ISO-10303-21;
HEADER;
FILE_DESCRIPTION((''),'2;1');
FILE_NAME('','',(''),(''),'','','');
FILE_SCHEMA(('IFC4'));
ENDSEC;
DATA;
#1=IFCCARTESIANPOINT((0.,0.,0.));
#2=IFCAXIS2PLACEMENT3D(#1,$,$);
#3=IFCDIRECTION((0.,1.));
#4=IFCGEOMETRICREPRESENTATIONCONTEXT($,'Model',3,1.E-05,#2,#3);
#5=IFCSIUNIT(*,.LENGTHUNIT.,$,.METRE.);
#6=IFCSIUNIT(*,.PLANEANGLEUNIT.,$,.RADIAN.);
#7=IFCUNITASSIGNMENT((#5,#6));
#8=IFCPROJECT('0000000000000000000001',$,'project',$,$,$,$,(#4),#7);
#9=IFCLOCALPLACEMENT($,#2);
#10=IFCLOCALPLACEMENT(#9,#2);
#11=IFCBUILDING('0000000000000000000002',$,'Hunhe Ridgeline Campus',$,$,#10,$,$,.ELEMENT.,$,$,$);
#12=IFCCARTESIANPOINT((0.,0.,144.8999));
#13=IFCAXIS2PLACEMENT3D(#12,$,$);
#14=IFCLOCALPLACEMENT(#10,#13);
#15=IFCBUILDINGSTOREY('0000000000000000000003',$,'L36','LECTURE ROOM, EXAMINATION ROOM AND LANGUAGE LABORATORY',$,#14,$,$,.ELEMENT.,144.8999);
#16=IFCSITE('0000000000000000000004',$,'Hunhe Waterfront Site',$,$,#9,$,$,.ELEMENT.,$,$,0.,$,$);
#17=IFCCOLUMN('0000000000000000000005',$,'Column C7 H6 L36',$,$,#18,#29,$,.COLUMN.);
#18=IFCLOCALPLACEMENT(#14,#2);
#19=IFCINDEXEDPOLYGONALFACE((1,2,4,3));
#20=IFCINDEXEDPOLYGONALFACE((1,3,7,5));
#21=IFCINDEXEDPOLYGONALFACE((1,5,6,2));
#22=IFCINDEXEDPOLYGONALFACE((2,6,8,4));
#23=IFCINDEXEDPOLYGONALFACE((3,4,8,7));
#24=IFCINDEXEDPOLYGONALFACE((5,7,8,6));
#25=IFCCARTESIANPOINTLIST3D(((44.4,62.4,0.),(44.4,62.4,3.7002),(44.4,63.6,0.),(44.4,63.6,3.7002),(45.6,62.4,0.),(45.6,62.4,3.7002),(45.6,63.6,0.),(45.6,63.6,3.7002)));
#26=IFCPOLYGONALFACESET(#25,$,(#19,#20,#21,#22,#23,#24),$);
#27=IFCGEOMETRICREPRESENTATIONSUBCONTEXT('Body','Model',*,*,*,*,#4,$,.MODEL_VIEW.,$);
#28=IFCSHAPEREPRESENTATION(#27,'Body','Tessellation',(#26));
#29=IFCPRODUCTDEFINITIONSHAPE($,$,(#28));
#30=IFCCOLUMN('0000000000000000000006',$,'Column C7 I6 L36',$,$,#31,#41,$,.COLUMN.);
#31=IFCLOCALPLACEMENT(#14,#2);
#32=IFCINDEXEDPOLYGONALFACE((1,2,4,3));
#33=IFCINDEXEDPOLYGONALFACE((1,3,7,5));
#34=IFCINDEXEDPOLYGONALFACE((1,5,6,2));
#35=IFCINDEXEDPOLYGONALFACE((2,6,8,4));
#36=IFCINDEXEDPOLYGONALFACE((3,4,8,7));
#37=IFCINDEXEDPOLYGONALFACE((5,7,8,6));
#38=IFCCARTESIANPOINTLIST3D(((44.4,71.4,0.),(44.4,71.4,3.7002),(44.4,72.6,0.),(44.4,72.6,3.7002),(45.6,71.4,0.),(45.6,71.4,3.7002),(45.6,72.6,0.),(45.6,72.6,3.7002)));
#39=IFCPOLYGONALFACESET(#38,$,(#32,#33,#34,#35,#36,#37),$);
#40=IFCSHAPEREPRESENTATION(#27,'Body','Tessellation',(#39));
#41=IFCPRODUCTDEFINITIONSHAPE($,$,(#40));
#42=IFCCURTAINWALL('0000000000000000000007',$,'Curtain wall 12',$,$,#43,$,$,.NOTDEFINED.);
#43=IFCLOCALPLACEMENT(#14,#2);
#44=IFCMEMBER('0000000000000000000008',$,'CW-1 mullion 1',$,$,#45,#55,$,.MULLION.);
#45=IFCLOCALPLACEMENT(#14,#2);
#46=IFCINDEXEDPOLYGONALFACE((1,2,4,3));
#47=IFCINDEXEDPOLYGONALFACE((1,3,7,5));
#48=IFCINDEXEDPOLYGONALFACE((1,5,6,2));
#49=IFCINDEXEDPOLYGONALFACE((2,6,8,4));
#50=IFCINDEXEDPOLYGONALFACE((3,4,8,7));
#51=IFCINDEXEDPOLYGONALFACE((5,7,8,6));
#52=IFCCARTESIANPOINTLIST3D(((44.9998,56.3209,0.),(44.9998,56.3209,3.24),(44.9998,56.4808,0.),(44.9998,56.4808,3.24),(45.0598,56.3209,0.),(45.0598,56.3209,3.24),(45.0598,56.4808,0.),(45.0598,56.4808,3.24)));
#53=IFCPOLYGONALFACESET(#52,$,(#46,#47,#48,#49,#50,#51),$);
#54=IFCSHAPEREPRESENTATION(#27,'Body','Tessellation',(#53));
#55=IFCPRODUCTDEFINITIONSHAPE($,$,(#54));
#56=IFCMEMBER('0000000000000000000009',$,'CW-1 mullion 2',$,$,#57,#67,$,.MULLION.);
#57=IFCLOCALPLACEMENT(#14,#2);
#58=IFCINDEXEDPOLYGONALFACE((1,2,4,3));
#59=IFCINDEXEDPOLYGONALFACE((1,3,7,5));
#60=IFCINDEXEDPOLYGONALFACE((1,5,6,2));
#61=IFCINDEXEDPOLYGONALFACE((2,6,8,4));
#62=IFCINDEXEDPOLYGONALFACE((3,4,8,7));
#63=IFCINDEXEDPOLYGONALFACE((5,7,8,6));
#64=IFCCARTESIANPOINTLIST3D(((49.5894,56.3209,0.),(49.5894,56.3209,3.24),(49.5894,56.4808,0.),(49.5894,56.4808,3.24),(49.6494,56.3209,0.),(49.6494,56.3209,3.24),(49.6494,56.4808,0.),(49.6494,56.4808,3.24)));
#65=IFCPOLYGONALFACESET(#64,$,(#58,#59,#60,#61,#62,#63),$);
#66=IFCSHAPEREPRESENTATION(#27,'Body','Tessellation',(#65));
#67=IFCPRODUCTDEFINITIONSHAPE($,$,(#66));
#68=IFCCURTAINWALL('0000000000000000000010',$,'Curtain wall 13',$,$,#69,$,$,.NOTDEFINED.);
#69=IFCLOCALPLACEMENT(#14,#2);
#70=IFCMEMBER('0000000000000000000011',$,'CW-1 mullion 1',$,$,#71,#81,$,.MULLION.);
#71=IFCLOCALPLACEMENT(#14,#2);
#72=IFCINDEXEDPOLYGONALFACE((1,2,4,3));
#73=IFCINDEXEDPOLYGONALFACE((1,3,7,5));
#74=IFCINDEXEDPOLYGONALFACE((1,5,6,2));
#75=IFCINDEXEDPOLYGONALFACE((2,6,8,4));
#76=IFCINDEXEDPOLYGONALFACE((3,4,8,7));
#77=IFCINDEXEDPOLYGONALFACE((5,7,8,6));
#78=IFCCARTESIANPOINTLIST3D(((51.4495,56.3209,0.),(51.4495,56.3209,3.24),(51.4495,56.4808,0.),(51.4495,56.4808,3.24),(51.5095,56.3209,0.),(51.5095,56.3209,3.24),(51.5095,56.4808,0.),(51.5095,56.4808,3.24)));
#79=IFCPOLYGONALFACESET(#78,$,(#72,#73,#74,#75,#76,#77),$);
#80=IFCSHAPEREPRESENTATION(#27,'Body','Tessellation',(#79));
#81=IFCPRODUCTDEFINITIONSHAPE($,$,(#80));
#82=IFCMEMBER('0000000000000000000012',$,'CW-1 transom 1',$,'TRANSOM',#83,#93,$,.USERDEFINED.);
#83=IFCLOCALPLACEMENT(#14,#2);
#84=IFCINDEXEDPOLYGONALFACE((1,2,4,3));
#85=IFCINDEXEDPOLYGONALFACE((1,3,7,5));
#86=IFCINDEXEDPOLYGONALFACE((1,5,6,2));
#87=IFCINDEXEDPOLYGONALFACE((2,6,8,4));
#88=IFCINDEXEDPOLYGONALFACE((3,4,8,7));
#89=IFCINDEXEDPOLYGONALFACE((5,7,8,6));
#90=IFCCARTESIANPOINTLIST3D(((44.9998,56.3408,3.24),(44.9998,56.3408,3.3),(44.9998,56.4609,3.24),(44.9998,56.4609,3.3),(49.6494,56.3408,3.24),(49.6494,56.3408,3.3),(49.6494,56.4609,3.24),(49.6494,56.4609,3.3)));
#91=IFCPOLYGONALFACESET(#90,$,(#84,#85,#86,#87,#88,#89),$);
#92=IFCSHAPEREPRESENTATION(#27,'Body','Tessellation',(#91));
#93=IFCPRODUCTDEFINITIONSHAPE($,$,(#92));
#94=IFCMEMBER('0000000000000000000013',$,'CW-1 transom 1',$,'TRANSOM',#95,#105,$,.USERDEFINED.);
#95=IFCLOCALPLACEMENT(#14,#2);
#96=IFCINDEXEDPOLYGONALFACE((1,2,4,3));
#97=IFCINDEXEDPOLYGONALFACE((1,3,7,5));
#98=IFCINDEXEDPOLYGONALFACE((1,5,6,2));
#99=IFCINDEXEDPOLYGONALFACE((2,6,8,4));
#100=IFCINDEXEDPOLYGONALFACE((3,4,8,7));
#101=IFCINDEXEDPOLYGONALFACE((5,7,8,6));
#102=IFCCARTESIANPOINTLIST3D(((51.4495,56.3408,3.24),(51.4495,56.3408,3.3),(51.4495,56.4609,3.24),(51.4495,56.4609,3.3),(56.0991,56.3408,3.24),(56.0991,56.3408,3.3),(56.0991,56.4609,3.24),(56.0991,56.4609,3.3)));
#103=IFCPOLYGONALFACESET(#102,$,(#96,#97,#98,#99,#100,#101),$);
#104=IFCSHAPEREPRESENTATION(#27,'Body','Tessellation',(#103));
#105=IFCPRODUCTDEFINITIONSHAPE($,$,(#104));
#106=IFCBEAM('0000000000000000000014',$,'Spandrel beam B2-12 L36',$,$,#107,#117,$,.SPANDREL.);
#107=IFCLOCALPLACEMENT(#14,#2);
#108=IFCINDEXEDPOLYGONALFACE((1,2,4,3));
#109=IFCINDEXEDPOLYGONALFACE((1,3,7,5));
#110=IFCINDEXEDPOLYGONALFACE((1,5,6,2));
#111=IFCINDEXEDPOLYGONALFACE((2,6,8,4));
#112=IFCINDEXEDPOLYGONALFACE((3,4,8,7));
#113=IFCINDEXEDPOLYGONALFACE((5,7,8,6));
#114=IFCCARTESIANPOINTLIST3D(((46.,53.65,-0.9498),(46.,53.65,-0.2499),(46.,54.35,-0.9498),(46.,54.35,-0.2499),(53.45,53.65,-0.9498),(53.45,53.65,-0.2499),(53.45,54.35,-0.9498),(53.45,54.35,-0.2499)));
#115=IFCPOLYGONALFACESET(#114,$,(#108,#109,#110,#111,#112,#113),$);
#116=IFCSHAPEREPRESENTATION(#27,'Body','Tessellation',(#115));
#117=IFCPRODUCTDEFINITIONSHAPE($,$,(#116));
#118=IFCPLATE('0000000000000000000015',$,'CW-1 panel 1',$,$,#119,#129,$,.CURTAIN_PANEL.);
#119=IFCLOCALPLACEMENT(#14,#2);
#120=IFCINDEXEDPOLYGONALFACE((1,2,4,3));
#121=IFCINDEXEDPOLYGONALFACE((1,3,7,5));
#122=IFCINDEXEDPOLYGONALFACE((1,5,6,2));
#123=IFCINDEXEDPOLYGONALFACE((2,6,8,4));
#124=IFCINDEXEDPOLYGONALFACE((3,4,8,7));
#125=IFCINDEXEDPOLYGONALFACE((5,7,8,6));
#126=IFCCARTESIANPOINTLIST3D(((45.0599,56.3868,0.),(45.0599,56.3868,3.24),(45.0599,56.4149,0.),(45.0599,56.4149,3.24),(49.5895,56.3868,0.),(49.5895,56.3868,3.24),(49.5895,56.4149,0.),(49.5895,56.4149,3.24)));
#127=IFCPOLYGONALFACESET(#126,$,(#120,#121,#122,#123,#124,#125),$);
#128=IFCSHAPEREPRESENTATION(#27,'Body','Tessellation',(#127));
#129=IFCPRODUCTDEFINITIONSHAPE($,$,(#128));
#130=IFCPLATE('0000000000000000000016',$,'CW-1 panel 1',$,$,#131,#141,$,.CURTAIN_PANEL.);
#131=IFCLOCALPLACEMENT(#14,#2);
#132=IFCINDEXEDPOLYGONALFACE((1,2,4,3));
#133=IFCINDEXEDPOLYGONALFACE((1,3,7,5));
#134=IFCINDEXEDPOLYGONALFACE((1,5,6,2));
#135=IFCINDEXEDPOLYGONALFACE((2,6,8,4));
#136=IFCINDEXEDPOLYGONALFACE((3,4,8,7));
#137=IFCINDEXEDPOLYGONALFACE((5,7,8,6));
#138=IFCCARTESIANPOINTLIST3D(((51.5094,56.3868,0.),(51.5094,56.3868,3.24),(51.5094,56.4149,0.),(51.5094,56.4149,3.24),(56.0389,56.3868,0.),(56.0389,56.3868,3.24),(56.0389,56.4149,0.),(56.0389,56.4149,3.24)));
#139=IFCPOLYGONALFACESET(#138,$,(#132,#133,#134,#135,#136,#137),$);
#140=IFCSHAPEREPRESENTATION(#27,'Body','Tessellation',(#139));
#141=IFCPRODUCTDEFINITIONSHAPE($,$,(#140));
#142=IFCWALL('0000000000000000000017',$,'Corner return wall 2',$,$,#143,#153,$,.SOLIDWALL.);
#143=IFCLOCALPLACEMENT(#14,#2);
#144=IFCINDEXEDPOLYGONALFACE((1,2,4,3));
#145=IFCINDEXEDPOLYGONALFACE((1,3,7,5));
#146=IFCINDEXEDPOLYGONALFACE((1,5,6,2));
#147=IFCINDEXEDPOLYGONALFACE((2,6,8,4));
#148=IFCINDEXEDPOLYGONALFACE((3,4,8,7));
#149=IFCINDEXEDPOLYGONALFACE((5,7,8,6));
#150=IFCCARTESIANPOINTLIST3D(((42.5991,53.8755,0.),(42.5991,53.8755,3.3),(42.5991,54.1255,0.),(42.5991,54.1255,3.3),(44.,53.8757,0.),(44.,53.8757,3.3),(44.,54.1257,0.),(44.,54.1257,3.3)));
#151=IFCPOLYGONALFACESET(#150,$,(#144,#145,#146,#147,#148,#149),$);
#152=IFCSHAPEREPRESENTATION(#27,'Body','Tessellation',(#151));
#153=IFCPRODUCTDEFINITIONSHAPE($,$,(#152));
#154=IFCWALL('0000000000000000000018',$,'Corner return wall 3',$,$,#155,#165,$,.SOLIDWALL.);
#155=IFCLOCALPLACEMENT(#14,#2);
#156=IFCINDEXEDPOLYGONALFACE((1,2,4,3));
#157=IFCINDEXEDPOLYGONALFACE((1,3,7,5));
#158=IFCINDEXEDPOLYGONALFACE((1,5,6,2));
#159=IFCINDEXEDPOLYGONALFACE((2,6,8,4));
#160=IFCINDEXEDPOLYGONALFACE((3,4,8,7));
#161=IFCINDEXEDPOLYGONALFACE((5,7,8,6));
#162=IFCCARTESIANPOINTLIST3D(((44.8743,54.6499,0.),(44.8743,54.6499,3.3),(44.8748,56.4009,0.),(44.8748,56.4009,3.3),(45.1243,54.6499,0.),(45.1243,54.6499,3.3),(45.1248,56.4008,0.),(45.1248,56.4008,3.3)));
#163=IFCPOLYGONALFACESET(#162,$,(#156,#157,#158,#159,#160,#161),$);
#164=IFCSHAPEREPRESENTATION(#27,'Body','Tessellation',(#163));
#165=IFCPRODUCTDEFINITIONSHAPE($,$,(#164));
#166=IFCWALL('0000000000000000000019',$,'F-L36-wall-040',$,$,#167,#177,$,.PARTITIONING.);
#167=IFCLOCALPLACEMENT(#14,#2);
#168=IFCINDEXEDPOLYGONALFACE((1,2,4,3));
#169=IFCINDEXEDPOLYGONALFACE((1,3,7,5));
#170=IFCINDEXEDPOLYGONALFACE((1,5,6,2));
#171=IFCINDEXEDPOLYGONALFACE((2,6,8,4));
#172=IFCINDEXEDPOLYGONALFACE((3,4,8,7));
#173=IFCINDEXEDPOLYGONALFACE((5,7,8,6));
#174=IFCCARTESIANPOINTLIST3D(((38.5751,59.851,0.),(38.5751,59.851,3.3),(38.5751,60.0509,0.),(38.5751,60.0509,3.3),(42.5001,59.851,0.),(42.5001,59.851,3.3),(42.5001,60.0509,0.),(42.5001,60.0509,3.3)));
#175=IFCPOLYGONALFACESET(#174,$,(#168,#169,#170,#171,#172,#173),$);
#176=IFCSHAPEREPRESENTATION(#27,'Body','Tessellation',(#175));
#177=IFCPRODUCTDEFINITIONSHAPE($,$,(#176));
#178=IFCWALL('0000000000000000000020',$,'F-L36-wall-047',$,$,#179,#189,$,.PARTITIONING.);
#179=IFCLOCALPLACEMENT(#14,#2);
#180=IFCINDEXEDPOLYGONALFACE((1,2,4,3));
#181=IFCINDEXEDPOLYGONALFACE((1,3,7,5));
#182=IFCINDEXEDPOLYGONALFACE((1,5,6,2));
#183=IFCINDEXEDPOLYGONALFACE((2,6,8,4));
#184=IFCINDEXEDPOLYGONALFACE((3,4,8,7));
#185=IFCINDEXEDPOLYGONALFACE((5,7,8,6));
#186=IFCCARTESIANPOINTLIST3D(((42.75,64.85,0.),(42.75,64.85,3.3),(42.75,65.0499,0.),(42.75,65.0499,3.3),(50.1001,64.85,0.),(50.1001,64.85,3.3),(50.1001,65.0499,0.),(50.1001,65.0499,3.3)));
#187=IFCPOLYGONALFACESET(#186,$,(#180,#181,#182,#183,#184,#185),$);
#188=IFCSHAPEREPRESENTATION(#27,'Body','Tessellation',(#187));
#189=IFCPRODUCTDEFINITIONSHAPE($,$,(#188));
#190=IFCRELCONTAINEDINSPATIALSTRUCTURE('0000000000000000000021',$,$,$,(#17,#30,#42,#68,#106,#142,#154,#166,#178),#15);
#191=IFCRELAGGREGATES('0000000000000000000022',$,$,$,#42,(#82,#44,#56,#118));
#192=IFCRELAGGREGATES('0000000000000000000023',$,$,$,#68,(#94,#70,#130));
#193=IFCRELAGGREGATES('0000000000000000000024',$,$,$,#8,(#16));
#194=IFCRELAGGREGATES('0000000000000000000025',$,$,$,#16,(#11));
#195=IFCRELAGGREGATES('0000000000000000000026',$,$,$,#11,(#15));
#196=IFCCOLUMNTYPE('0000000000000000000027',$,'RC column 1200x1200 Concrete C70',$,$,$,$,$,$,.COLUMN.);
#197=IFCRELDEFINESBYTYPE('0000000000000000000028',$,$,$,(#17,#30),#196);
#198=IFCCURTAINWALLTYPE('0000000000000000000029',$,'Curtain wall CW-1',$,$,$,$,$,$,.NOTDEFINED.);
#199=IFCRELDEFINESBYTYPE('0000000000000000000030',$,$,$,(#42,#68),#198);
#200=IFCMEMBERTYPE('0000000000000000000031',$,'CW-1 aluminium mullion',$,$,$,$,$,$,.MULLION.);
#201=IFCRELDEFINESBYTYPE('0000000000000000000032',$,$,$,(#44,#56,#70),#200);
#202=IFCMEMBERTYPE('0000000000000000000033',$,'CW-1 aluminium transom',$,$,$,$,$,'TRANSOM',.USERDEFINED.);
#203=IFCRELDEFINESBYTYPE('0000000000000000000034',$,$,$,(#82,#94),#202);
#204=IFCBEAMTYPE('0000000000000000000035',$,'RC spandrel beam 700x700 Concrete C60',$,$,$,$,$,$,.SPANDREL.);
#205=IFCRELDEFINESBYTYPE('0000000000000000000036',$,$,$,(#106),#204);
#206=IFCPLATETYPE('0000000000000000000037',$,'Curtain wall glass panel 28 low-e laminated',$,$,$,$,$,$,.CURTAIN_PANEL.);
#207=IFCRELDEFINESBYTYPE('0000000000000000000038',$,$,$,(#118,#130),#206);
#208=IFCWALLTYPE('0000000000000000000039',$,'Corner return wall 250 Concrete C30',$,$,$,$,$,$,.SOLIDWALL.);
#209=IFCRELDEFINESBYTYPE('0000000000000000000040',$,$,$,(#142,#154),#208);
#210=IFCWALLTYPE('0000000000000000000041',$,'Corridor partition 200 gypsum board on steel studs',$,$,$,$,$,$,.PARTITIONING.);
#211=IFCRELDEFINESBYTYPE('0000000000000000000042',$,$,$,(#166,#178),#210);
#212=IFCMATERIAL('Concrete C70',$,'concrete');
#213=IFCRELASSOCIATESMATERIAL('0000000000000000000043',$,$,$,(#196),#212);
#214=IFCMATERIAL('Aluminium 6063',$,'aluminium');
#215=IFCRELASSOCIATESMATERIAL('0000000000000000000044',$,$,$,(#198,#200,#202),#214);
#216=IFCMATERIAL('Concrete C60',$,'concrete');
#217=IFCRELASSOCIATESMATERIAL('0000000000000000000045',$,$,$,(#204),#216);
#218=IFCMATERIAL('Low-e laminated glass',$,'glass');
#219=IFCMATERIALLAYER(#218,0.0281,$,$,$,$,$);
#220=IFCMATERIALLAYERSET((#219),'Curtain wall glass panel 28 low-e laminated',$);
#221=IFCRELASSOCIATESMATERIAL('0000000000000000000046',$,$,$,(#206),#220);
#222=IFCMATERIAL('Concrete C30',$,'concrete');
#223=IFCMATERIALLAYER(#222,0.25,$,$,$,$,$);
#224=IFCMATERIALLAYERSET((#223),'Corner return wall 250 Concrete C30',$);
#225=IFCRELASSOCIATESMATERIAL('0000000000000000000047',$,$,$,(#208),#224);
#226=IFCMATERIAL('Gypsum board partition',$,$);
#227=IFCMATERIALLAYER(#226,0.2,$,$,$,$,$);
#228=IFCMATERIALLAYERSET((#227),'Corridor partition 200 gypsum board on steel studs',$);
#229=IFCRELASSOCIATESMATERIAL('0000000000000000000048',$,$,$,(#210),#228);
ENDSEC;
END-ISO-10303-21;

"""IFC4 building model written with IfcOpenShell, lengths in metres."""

from ifc_helpers import new_model, si_unit, direction, frame, frame_2d, origin, origin_2d, place, context, subcontext, project, spatial, rectangle, extrude, material, layer, layer_set, material_profile, profile_set, type_object, element, aggregate, save


model = new_model("IFC4")

# Units and contexts
model_context = context("Model", 3, precision=1e-05, world=origin(), true_north=direction((0.0, 1.0)))
body_context = subcontext(model_context, "Body", "Model", "MODEL_VIEW")
ifc_project = project(units=[si_unit("LENGTHUNIT", "METRE"), si_unit("PLANEANGLEUNIT", "RADIAN")], contexts=[model_context])

# Site, building, storey
site_placement = place(None, origin())
site = spatial("IfcSite", under=ifc_project, at=site_placement, Name="Hunhe Waterfront Site", CompositionType="ELEMENT", RefElevation=0.0)
building_placement = place(site_placement, origin())
building = spatial("IfcBuilding", under=site, at=building_placement, Name="Hunhe Ridgeline Campus", CompositionType="ELEMENT")
storey_placement = place(building_placement, frame((0.0, 0.0, 144.8999)))
storey = spatial("IfcBuildingStorey", under=building, at=storey_placement, Name="L36", Description="LECTURE ROOM, EXAMINATION ROOM AND LANGUAGE LABORATORY", CompositionType="ELEMENT", Elevation=144.8999)

# Columns
ifc_material_1 = material(Name="Concrete C70", Category="concrete")
ifc_material_profile_1 = material_profile(ifc_material_1, rectangle(XDim=1.2, YDim=1.2, at=origin_2d()))
ifc_profile_set_1 = profile_set([ifc_material_profile_1], Name="Concrete C70")
column_type = type_object("IfcColumnType", Name="RC column 1200x1200 Concrete C70", PredefinedType="COLUMN", material=ifc_profile_set_1)
for number, where, z_axis, x_axis, name in (
    (1, (45.0, 63.0, 0.0), (0.0, 0.0, 1.0), (1.0, 0.0, 0.0), "Column C7 H6 L36"),
    (2, (45.0, 72.0, 0.0), (0.0, 0.0, 1.0), (1.0, 0.0, 0.0), "Column C7 I6 L36"),
):
    element("IfcColumn", number, at=place(storey_placement, frame(where, z_axis=z_axis, x_axis=x_axis)), inside=storey, type_object=column_type, Name=name, PredefinedType="COLUMN", context=body_context, shape_type="SweptSolid", body=[
        extrude(rectangle(XDim=1.2, YDim=1.2, at=origin_2d()), origin(), (0.0, 0.0, 1.0), 3.7002),
    ])

# Curtain wall, members
ifc_material_2 = material(Name="Aluminium 6063", Category="aluminium")
curtain_wall_type = type_object("IfcCurtainWallType", Name="Curtain wall CW-1", PredefinedType="NOTDEFINED", material=ifc_material_2)
curtain_wall_1_placement = place(storey_placement, origin())
curtain_wall_1 = element("IfcCurtainWall", 3, at=curtain_wall_1_placement, inside=storey, type_object=curtain_wall_type, Name="Curtain wall 12", PredefinedType="NOTDEFINED")
ifc_material_profile_2 = material_profile(ifc_material_2, rectangle(XDim=0.1599, YDim=0.0601, at=origin_2d()))
ifc_profile_set_2 = profile_set([ifc_material_profile_2], Name="Aluminium 6063")
member_type_1 = type_object("IfcMemberType", Name="CW-1 aluminium mullion", PredefinedType="MULLION", material=ifc_profile_set_2)
member_1_placement = place(storey_placement, frame((45.0298, 56.4009, 0.0), z_axis=(0.0, 0.0, 1.0), x_axis=(-0.000002, 1.0, 0.0)))
member_1 = element("IfcMember", 4, at=member_1_placement, type_object=member_type_1, Name="CW-1 mullion 1", PredefinedType="MULLION", context=body_context, shape_type="SweptSolid", body=[
    extrude(rectangle(XDim=0.1599, YDim=0.0601, at=origin_2d()), origin(), (0.0, 0.0, 1.0), 3.24),
])
member_2_placement = place(storey_placement, frame((49.6194, 56.4009, 0.0), z_axis=(0.0, 0.0, 1.0), x_axis=(-0.000002, 1.0, 0.0)))
member_2 = element("IfcMember", 5, at=member_2_placement, type_object=member_type_1, Name="CW-1 mullion 2", PredefinedType="MULLION", context=body_context, shape_type="SweptSolid", body=[
    extrude(rectangle(XDim=0.1599, YDim=0.0601, at=origin_2d()), origin(), (0.0, 0.0, 1.0), 3.24),
])

# Curtain wall, member
curtain_wall_2_placement = place(storey_placement, origin())
curtain_wall_2 = element("IfcCurtainWall", 6, at=curtain_wall_2_placement, inside=storey, type_object=curtain_wall_type, Name="Curtain wall 13", PredefinedType="NOTDEFINED")
member_3_placement = place(storey_placement, frame((51.4795, 56.4009, 0.0), z_axis=(0.0, 0.0, 1.0), x_axis=(-0.000002, 1.0, 0.0)))
member_3 = element("IfcMember", 7, at=member_3_placement, type_object=member_type_1, Name="CW-1 mullion 1", PredefinedType="MULLION", context=body_context, shape_type="SweptSolid", body=[
    extrude(rectangle(XDim=0.1599, YDim=0.0601, at=origin_2d()), origin(), (0.0, 0.0, 1.0), 3.24),
])

# Members
ifc_material_profile_3 = material_profile(ifc_material_2, rectangle(XDim=0.1201, YDim=0.0601, at=origin_2d()))
ifc_profile_set_3 = profile_set([ifc_material_profile_3], Name="Aluminium 6063")
member_type_2 = type_object("IfcMemberType", Name="CW-1 aluminium transom", ElementType="TRANSOM", PredefinedType="USERDEFINED", material=ifc_profile_set_3)
member_4_placement = place(storey_placement, frame((44.9998, 56.4009, 3.27), z_axis=(1.0, 0.0, 0.0), x_axis=(0.0, 1.0, 0.0)))
member_4 = element("IfcMember", 8, at=member_4_placement, type_object=member_type_2, Name="CW-1 transom 1", ObjectType="TRANSOM", PredefinedType="USERDEFINED", context=body_context, shape_type="SweptSolid", body=[
    extrude(rectangle(XDim=0.1201, YDim=0.0601, at=origin_2d()), origin(), (0.0, 0.0, 1.0), 4.6497),
])
member_5_placement = place(storey_placement, frame((51.4495, 56.4009, 3.27), z_axis=(1.0, 0.0, 0.0), x_axis=(0.0, 1.0, 0.0)))
member_5 = element("IfcMember", 9, at=member_5_placement, type_object=member_type_2, Name="CW-1 transom 1", ObjectType="TRANSOM", PredefinedType="USERDEFINED", context=body_context, shape_type="SweptSolid", body=[
    extrude(rectangle(XDim=0.1201, YDim=0.0601, at=origin_2d()), origin(), (0.0, 0.0, 1.0), 4.6497),
])

# Beam
ifc_material_3 = material(Name="Concrete C60", Category="concrete")
ifc_material_profile_4 = material_profile(ifc_material_3, rectangle(XDim=0.7, YDim=0.7, at=origin_2d()))
ifc_profile_set_4 = profile_set([ifc_material_profile_4], Name="Concrete C60")
beam_type = type_object("IfcBeamType", Name="RC spandrel beam 700x700 Concrete C60", PredefinedType="SPANDREL", material=ifc_profile_set_4)
beam_placement = place(storey_placement, frame((46.0, 54.0, -0.5999), z_axis=(1.0, 0.0, 0.0), x_axis=(0.0, 1.0, 0.0)))
element("IfcBeam", 10, at=beam_placement, inside=storey, type_object=beam_type, Name="Spandrel beam B2-12 L36", PredefinedType="SPANDREL", context=body_context, shape_type="SweptSolid", body=[
    extrude(rectangle(XDim=0.7, YDim=0.7, at=origin_2d()), origin(), (0.0, 0.0, 1.0), 7.45),
])

# Plates
ifc_material_4 = material(Name="Low-e laminated glass", Category="glass")
ifc_layer_1 = layer(ifc_material_4, 0.0281)
ifc_layer_set_1 = layer_set([ifc_layer_1], Name="Curtain wall glass panel 28 low-e laminated")
plate_type = type_object("IfcPlateType", Name="Curtain wall glass panel 28 low-e laminated", PredefinedType="CURTAIN_PANEL", material=ifc_layer_set_1)
plate_1_placement = place(storey_placement, frame((47.3247, 56.4009, 0.0), z_axis=(0.0, 0.0, 1.0), x_axis=(1.0, 0.000002, 0.0)))
plate_1 = element("IfcPlate", 11, at=plate_1_placement, type_object=plate_type, Name="CW-1 panel 1", PredefinedType="CURTAIN_PANEL", context=body_context, shape_type="SweptSolid", body=[
    extrude(rectangle(XDim=4.5295, YDim=0.0281, at=origin_2d()), origin(), (0.0, 0.0, 1.0), 3.24),
])
aggregate(curtain_wall_1, [member_4, member_1, member_2, plate_1])
plate_2_placement = place(storey_placement, frame((53.7742, 56.4009, 0.0), z_axis=(0.0, 0.0, 1.0), x_axis=(1.0, 0.000002, 0.0)))
plate_2 = element("IfcPlate", 12, at=plate_2_placement, type_object=plate_type, Name="CW-1 panel 1", PredefinedType="CURTAIN_PANEL", context=body_context, shape_type="SweptSolid", body=[
    extrude(rectangle(XDim=4.5295, YDim=0.0281, at=origin_2d()), origin(), (0.0, 0.0, 1.0), 3.24),
])
aggregate(curtain_wall_2, [member_5, member_3, plate_2])

# Walls
ifc_material_5 = material(Name="Concrete C30", Category="concrete")
ifc_layer_2 = layer(ifc_material_5, 0.25)
ifc_layer_set_2 = layer_set([ifc_layer_2], Name="Corner return wall 250 Concrete C30")
wall_type_1 = type_object("IfcWallType", Name="Corner return wall 250 Concrete C30", PredefinedType="SOLIDWALL", material=ifc_layer_set_2)
wall_1_placement = place(storey_placement, frame((42.5991, 54.0005, 0.0), z_axis=(0.0, 0.0, 1.0), x_axis=(1.0, 0.000174, 0.0)))
element("IfcWall", 13, at=wall_1_placement, inside=storey, type_object=wall_type_1, Name="Corner return wall 2", PredefinedType="SOLIDWALL", context=body_context, shape_type="SweptSolid", body=[
    extrude(rectangle(XDim=1.4009, YDim=0.25, at=frame_2d((0.7004, 0.0))), origin(), (0.0, 0.0, 1.0), 3.3),
])
wall_2_placement = place(storey_placement, frame((44.9993, 54.6499, 0.0), z_axis=(0.0, 0.0, 1.0), x_axis=(0.000279, 1.0, 0.0)))
element("IfcWall", 14, at=wall_2_placement, inside=storey, type_object=wall_type_1, Name="Corner return wall 3", PredefinedType="SOLIDWALL", context=body_context, shape_type="SweptSolid", body=[
    extrude(rectangle(XDim=1.751, YDim=0.25, at=frame_2d((0.8755, 0.0))), origin(), (0.0, 0.0, 1.0), 3.3),
])
ifc_material_6 = material(Name="Gypsum board partition")
ifc_layer_3 = layer(ifc_material_6, 0.2)
ifc_layer_set_3 = layer_set([ifc_layer_3], Name="Corridor partition 200 gypsum board on steel studs")
wall_type_2 = type_object("IfcWallType", Name="Corridor partition 200 gypsum board on steel studs", PredefinedType="PARTITIONING", material=ifc_layer_set_3)
wall_3_placement = place(storey_placement, frame((42.5, 59.9509, 0.0), z_axis=(0.0, 0.0, 1.0), x_axis=(-1.0, 0.0, 0.0)))
element("IfcWall", 15, at=wall_3_placement, inside=storey, type_object=wall_type_2, Name="F-L36-wall-040", PredefinedType="PARTITIONING", context=body_context, shape_type="SweptSolid", body=[
    extrude(rectangle(XDim=3.925, YDim=0.2, at=frame_2d((1.9624, 0.0))), origin(), (0.0, 0.0, 1.0), 3.3),
])

# Wall
wall_4_placement = place(storey_placement, frame((42.75, 64.95, 0.0), z_axis=(0.0, 0.0, 1.0), x_axis=(1.0, 0.0, 0.0)))
element("IfcWall", 16, at=wall_4_placement, inside=storey, type_object=wall_type_2, Name="F-L36-wall-047", PredefinedType="PARTITIONING", context=body_context, shape_type="SweptSolid", body=[
    extrude(rectangle(XDim=7.3501, YDim=0.2, at=frame_2d((3.675, 0.0))), origin(), (0.0, 0.0, 1.0), 3.3),
])

save(model, "model.ifc")
